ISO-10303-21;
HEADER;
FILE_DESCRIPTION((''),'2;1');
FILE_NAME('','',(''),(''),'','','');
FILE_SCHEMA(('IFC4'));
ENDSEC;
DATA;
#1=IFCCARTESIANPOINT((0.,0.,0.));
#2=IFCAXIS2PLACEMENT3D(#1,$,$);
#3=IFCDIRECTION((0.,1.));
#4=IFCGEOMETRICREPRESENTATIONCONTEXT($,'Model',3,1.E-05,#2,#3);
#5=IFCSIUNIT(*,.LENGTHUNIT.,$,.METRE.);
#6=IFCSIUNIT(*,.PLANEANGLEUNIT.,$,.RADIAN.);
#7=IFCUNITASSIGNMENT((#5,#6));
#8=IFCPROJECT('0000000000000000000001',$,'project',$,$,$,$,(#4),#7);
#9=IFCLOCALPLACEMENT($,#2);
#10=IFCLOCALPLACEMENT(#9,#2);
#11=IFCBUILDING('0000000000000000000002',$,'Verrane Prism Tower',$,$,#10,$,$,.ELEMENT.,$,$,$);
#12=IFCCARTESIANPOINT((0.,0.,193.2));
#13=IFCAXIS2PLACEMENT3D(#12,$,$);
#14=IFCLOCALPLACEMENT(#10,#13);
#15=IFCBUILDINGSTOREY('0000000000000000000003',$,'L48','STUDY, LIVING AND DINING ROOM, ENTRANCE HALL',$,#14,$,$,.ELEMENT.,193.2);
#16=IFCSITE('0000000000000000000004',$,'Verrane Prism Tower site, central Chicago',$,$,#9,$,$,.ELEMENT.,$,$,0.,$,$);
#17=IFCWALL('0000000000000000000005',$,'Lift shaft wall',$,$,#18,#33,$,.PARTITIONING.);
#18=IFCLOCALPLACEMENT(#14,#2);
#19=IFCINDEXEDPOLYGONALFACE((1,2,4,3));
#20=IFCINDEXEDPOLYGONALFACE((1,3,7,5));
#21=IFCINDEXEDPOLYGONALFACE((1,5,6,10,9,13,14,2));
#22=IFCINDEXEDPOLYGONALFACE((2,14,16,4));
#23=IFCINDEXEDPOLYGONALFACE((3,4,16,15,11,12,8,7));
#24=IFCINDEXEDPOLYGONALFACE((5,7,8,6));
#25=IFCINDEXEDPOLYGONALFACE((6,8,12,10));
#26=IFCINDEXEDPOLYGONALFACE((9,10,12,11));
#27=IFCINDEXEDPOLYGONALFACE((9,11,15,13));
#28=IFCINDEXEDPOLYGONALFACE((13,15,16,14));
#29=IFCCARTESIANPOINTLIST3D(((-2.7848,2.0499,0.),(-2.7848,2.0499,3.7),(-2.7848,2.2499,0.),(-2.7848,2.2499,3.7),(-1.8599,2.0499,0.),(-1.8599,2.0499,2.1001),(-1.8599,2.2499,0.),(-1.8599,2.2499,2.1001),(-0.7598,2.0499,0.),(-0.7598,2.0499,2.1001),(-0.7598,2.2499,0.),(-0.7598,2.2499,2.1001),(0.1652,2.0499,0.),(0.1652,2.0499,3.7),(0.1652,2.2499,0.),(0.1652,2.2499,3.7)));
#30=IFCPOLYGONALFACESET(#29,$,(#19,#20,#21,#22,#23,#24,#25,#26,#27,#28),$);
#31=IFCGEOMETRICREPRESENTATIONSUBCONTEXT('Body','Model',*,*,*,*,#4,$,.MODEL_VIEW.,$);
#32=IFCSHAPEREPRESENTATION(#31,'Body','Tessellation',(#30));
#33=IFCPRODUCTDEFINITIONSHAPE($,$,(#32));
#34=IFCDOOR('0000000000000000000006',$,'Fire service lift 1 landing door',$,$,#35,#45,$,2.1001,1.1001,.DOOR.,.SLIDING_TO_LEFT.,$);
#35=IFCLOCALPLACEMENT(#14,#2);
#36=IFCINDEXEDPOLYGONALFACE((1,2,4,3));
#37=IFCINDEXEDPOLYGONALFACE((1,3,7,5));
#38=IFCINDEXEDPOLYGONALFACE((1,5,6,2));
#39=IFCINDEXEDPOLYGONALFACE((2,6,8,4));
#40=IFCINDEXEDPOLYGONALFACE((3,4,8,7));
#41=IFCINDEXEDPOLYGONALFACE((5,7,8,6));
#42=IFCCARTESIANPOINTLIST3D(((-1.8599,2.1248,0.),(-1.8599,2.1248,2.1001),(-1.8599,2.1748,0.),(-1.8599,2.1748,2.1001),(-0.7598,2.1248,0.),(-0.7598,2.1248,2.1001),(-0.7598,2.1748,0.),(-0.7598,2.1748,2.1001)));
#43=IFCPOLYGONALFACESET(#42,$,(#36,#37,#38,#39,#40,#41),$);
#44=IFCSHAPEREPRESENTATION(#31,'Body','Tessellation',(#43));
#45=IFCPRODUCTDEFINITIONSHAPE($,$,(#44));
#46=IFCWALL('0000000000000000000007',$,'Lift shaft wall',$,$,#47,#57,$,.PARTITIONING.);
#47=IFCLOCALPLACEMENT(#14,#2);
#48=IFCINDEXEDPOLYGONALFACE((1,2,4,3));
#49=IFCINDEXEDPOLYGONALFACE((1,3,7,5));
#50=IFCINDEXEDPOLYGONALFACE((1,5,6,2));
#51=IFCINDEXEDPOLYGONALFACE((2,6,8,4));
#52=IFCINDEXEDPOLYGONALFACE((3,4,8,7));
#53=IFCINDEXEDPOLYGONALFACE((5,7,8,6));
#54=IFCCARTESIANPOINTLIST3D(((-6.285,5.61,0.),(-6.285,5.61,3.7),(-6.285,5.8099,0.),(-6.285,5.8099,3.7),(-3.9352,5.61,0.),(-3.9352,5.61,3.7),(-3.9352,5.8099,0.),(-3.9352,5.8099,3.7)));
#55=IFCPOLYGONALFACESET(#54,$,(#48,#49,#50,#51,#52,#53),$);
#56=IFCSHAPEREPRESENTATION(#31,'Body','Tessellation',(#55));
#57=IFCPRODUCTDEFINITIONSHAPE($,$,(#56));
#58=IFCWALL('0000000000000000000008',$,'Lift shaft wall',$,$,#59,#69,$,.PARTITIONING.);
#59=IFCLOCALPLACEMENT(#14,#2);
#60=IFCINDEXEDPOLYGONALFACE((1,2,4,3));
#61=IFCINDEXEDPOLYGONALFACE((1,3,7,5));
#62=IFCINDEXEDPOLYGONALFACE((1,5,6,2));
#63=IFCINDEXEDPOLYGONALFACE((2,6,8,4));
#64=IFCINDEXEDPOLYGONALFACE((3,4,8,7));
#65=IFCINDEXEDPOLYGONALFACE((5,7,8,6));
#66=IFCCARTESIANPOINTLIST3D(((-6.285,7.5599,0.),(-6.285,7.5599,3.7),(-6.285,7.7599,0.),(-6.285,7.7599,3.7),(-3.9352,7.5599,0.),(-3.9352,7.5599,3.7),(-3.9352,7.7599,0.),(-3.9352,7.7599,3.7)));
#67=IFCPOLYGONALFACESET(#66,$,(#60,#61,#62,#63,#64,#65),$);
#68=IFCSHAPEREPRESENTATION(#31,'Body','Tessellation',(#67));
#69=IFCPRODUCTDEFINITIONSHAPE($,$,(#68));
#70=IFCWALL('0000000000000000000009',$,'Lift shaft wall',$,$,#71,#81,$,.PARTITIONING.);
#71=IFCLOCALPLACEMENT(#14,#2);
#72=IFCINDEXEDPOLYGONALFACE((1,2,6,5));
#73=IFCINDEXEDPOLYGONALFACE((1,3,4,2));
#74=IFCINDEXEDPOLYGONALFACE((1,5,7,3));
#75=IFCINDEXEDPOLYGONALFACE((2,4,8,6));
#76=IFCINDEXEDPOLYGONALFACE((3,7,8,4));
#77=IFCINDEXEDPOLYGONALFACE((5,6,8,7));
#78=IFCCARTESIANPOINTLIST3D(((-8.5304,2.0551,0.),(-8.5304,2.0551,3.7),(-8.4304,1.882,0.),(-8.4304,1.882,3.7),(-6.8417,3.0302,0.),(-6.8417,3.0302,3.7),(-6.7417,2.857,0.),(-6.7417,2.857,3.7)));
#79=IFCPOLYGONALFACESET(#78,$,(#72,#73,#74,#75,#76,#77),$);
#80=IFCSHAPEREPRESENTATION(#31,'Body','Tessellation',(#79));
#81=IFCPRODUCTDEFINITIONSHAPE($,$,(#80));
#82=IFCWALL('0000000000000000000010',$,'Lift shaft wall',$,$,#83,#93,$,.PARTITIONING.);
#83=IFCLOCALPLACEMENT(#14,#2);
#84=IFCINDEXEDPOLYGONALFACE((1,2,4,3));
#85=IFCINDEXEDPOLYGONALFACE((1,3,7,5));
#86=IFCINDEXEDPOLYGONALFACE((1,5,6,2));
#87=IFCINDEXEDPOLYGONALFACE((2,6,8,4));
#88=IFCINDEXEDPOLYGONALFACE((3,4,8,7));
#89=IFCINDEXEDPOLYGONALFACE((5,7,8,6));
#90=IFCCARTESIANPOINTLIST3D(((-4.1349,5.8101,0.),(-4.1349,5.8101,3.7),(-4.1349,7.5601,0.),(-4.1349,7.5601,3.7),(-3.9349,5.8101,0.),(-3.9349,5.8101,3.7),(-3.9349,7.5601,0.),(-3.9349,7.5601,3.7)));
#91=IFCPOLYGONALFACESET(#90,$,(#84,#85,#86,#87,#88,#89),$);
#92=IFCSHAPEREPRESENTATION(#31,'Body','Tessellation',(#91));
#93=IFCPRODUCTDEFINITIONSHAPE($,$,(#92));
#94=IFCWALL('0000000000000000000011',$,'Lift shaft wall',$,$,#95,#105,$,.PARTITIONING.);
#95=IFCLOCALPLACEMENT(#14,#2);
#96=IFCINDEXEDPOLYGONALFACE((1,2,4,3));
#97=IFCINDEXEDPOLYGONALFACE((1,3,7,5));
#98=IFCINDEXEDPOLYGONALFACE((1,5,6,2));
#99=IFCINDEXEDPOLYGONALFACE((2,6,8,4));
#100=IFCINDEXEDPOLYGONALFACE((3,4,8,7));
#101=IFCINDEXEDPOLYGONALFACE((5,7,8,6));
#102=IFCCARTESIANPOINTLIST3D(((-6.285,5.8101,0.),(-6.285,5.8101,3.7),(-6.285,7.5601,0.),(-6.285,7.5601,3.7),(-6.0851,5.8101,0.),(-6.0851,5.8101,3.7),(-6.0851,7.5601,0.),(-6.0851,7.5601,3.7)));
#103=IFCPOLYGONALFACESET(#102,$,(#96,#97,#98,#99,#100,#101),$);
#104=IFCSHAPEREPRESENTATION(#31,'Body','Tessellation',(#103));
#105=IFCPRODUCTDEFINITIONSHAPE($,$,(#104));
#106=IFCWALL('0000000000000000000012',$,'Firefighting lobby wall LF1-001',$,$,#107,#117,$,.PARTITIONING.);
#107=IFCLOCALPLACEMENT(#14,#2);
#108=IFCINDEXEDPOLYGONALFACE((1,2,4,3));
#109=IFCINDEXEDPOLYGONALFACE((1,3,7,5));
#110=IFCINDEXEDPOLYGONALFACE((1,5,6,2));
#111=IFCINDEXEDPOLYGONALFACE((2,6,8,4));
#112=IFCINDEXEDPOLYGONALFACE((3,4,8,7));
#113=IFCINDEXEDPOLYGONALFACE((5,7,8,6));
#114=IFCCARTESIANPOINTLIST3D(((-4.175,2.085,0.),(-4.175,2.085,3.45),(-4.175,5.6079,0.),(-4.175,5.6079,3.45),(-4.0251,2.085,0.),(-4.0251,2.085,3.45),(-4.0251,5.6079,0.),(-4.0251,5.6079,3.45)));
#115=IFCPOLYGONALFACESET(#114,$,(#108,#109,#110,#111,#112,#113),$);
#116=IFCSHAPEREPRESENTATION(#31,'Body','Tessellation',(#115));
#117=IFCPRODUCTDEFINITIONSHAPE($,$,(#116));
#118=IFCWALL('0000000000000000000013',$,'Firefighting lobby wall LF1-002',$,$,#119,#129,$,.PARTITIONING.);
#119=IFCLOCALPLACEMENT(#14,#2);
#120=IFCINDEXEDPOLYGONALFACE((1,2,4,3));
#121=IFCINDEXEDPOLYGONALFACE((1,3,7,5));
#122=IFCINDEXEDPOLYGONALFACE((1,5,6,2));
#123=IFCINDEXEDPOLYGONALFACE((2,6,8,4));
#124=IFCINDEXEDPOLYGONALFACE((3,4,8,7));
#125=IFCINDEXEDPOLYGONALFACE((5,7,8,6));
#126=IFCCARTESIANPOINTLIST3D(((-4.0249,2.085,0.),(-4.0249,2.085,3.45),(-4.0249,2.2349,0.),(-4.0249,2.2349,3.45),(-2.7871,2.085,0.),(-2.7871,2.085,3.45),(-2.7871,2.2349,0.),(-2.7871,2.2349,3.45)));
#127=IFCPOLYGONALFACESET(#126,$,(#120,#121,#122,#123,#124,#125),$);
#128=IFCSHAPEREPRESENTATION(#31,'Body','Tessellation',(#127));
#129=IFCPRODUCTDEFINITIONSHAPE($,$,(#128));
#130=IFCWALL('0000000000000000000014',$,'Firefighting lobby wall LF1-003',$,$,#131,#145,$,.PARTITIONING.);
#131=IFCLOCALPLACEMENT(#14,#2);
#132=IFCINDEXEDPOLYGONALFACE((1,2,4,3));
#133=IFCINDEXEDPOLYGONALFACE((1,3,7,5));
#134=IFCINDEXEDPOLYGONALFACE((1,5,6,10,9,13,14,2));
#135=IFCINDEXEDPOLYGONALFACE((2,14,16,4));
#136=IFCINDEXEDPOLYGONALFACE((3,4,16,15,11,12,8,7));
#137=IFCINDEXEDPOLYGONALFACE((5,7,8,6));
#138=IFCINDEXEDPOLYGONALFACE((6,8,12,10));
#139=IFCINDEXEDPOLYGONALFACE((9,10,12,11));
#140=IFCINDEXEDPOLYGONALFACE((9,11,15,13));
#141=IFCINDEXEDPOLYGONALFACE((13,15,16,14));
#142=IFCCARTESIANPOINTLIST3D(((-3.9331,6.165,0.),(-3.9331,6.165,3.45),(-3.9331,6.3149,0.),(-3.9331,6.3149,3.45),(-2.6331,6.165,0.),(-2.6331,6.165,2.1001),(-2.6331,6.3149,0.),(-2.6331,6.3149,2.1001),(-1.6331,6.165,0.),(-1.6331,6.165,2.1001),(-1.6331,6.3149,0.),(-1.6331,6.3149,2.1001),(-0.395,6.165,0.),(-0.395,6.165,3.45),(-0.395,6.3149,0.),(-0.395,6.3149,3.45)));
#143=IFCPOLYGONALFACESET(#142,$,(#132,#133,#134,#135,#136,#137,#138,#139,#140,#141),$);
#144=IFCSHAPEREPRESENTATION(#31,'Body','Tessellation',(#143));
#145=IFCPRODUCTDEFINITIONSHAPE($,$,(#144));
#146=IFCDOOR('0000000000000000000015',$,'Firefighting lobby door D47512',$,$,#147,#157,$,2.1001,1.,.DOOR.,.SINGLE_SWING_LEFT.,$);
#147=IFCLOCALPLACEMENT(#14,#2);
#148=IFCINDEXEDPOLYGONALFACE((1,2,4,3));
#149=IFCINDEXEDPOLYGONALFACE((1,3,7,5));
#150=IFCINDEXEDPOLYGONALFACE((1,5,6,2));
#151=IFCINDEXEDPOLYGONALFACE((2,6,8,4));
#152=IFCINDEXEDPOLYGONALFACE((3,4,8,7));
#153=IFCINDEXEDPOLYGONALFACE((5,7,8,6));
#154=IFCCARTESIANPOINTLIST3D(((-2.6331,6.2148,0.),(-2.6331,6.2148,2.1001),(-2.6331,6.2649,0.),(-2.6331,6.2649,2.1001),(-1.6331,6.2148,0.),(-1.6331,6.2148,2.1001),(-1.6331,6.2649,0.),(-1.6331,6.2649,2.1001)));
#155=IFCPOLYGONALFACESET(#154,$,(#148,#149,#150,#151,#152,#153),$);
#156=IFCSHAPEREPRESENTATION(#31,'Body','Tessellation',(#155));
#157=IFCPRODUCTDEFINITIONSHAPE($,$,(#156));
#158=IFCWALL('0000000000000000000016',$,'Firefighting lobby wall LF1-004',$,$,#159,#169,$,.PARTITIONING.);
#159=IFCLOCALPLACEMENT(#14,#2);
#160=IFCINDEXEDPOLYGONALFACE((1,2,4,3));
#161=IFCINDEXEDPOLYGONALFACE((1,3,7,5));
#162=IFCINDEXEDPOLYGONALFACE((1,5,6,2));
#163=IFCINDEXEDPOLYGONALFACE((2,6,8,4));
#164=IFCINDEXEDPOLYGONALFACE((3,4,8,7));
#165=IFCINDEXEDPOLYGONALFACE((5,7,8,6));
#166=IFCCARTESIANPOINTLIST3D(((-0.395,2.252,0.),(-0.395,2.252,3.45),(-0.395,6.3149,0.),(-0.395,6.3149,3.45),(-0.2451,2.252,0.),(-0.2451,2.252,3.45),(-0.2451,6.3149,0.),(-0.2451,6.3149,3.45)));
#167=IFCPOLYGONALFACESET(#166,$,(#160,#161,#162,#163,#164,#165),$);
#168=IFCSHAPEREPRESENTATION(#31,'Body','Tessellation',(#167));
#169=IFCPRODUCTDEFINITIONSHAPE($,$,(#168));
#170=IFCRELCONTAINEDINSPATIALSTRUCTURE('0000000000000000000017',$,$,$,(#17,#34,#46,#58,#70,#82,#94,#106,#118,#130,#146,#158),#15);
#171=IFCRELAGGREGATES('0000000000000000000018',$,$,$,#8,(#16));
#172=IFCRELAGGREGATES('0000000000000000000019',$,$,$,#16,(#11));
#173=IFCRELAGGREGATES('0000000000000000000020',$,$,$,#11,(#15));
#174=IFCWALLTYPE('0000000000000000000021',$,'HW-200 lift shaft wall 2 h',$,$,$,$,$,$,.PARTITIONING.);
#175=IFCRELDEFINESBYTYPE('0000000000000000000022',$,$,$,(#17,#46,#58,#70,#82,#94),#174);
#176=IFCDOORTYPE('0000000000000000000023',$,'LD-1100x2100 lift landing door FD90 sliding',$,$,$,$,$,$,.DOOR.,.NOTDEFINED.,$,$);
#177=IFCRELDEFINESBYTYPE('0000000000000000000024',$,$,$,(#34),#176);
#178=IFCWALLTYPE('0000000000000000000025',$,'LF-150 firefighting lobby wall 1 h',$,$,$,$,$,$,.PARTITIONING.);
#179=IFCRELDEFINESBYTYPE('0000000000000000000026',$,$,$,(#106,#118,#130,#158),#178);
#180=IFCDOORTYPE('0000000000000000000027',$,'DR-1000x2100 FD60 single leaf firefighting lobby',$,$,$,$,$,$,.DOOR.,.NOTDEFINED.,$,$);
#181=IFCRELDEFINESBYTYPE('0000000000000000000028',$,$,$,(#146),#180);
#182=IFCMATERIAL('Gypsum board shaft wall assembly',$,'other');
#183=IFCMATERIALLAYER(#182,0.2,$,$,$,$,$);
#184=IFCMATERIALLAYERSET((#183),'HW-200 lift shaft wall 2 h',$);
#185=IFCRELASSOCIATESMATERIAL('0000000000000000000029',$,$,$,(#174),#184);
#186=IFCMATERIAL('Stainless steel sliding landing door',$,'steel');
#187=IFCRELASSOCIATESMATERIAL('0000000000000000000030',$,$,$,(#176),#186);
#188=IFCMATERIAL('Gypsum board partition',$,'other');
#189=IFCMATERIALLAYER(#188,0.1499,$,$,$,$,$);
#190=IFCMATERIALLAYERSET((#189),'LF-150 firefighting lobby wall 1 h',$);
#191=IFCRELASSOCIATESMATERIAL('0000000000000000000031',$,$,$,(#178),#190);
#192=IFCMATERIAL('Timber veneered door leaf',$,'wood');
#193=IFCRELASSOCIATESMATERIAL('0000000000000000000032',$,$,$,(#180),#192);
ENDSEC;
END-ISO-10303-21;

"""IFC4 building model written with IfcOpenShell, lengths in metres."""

from ifc_helpers import new_model, si_unit, direction, frame, frame_2d, origin, place, context, subcontext, project, spatial, rectangle, extrude, material, layer, layer_set, type_object, element, fill, save


model = new_model("IFC4")

# Units and contexts
model_context = context("Model", 3, precision=1e-05, world=origin(), true_north=direction((0.0, 1.0)))
body_context = subcontext(model_context, "Body", "Model", "MODEL_VIEW")
ifc_project = project(units=[si_unit("LENGTHUNIT", "METRE"), si_unit("PLANEANGLEUNIT", "RADIAN")], contexts=[model_context])

# Site, building, storey
site_placement = place(None, origin())
site = spatial("IfcSite", under=ifc_project, at=site_placement, Name="Verrane Prism Tower site, central Chicago", CompositionType="ELEMENT", RefElevation=0.0)
building_placement = place(site_placement, origin())
building = spatial("IfcBuilding", under=site, at=building_placement, Name="Verrane Prism Tower", CompositionType="ELEMENT")
storey_placement = place(building_placement, frame((0.0, 0.0, 193.2)))
storey = spatial("IfcBuildingStorey", under=building, at=storey_placement, Name="L48", Description="STUDY, LIVING AND DINING ROOM, ENTRANCE HALL", CompositionType="ELEMENT", Elevation=193.2)

# Wall, opening, door
ifc_material_1 = material(Name="Gypsum board shaft wall assembly", Category="other")
ifc_layer_1 = layer(ifc_material_1, 0.2)
ifc_layer_set_1 = layer_set([ifc_layer_1], Name="HW-200 lift shaft wall 2 h")
wall_type_1 = type_object("IfcWallType", Name="HW-200 lift shaft wall 2 h", PredefinedType="PARTITIONING", material=ifc_layer_set_1)
wall_1_placement = place(storey_placement, frame((-2.7849, 2.1499, 0.0), z_axis=(0.0, 0.0, 1.0), x_axis=(1.0, 0.0, 0.0)))
wall_1 = element("IfcWall", 1, at=wall_1_placement, inside=storey, type_object=wall_type_1, Name="Lift shaft wall", PredefinedType="PARTITIONING", context=body_context, shape_type="SweptSolid", body=[
    extrude(rectangle(XDim=2.95, YDim=0.2, at=frame_2d((1.4751, 0.0))), origin(), (0.0, 0.0, 1.0), 3.7),
])
opening_1_placement = place(wall_1_placement, frame((0.925, 0.0, 0.0)))
opening_1 = element("IfcOpeningElement", 2, at=opening_1_placement, cuts=wall_1, PredefinedType="OPENING", context=body_context, shape_type="SweptSolid", body=[
    extrude(rectangle(XDim=1.1001, YDim=2.1001, at=frame_2d((0.55, 1.05))), frame((0.0, 0.1099, 0.0), z_axis=(0.0, -1.0, 0.0), x_axis=(1.0, 0.0, 0.0)), (0.0, 0.0, 1.0), 0.22),
])
ifc_material_2 = material(Name="Stainless steel sliding landing door", Category="steel")
door_type_1 = type_object("IfcDoorType", Name="LD-1100x2100 lift landing door FD90 sliding", OperationType="NOTDEFINED", PredefinedType="DOOR", material=ifc_material_2)
door_1_placement = place(opening_1_placement, origin())
door_1 = element("IfcDoor", 3, at=door_1_placement, inside=storey, type_object=door_type_1, Name="Fire service lift 1 landing door", OperationType="SLIDING_TO_LEFT", OverallHeight=2.1001, OverallWidth=1.1001, PredefinedType="DOOR", context=body_context, shape_type="SweptSolid", body=[
    extrude(rectangle(XDim=1.1001, YDim=2.1001, at=frame_2d((0.55, 1.05))), frame((0.0, 0.0249, 0.0), z_axis=(0.0, -1.0, 0.0), x_axis=(1.0, 0.0, 0.0)), (0.0, 0.0, 1.0), 0.05),
])
fill(opening_1, door_1)

# Walls
for number, where, z_axis, x_axis, name in (
    (4, (-6.2849, 5.71, 0.0), (0.0, 0.0, 1.0), (1.0, 0.0, 0.0), "Lift shaft wall"),
    (5, (-6.2849, 7.6599, 0.0), (0.0, 0.0, 1.0), (1.0, 0.0, 0.0), "Lift shaft wall"),
):
    element("IfcWall", number, at=place(storey_placement, frame(where, z_axis=z_axis, x_axis=x_axis)), inside=storey, type_object=wall_type_1, Name=name, PredefinedType="PARTITIONING", context=body_context, shape_type="SweptSolid", body=[
        extrude(rectangle(XDim=2.3499, YDim=0.2, at=frame_2d((1.1748, 0.0))), origin(), (0.0, 0.0, 1.0), 3.7),
    ])
wall_2_placement = place(storey_placement, frame((-8.4805, 1.9685, 0.0), z_axis=(0.0, 0.0, 1.0), x_axis=(0.866, 0.500044, 0.0)))
element("IfcWall", 6, at=wall_2_placement, inside=storey, type_object=wall_type_1, Name="Lift shaft wall", PredefinedType="PARTITIONING", context=body_context, shape_type="SweptSolid", body=[
    extrude(rectangle(XDim=1.95, YDim=0.2, at=frame_2d((0.9751, 0.0))), origin(), (0.0, 0.0, 1.0), 3.7),
])
for number, where, z_axis, x_axis, name in (
    (7, (-4.0349, 5.8101, 0.0), (0.0, 0.0, 1.0), (0.0, 1.0, 0.0), "Lift shaft wall"),
    (8, (-6.1851, 5.8101, 0.0), (0.0, 0.0, 1.0), (0.0, 1.0, 0.0), "Lift shaft wall"),
):
    element("IfcWall", number, at=place(storey_placement, frame(where, z_axis=z_axis, x_axis=x_axis)), inside=storey, type_object=wall_type_1, Name=name, PredefinedType="PARTITIONING", context=body_context, shape_type="SweptSolid", body=[
        extrude(rectangle(XDim=1.75, YDim=0.2, at=frame_2d((0.875, 0.0))), origin(), (0.0, 0.0, 1.0), 3.7),
    ])
ifc_material_3 = material(Name="Gypsum board partition", Category="other")
ifc_layer_2 = layer(ifc_material_3, 0.1499)
ifc_layer_set_2 = layer_set([ifc_layer_2], Name="LF-150 firefighting lobby wall 1 h")
wall_type_2 = type_object("IfcWallType", Name="LF-150 firefighting lobby wall 1 h", PredefinedType="PARTITIONING", material=ifc_layer_set_2)
wall_3_placement = place(storey_placement, frame((-4.1001, 2.085, 0.0), z_axis=(0.0, 0.0, 1.0), x_axis=(0.0, 1.0, 0.0)))
element("IfcWall", 9, at=wall_3_placement, inside=storey, type_object=wall_type_2, Name="Firefighting lobby wall LF1-001", PredefinedType="PARTITIONING", context=body_context, shape_type="SweptSolid", body=[
    extrude(rectangle(XDim=3.5229, YDim=0.1499, at=frame_2d((1.7615, 0.0))), origin(), (0.0, 0.0, 1.0), 3.45),
])
wall_4_placement = place(storey_placement, frame((-4.0249, 2.1599, 0.0), z_axis=(0.0, 0.0, 1.0), x_axis=(1.0, 0.0, 0.0)))
element("IfcWall", 10, at=wall_4_placement, inside=storey, type_object=wall_type_2, Name="Firefighting lobby wall LF1-002", PredefinedType="PARTITIONING", context=body_context, shape_type="SweptSolid", body=[
    extrude(rectangle(XDim=1.2378, YDim=0.1499, at=frame_2d((0.6189, 0.0))), origin(), (0.0, 0.0, 1.0), 3.45),
])

# Wall, opening, door
wall_5_placement = place(storey_placement, frame((-3.9331, 6.24, 0.0), z_axis=(0.0, 0.0, 1.0), x_axis=(1.0, 0.0, 0.0)))
wall_5 = element("IfcWall", 11, at=wall_5_placement, inside=storey, type_object=wall_type_2, Name="Firefighting lobby wall LF1-003", PredefinedType="PARTITIONING", context=body_context, shape_type="SweptSolid", body=[
    extrude(rectangle(XDim=3.5381, YDim=0.1499, at=frame_2d((1.769, 0.0))), origin(), (0.0, 0.0, 1.0), 3.45),
])
opening_2_placement = place(wall_5_placement, frame((1.3, 0.0, 0.0)))
opening_2 = element("IfcOpeningElement", 12, at=opening_2_placement, cuts=wall_5, PredefinedType="OPENING", context=body_context, shape_type="SweptSolid", body=[
    extrude(rectangle(XDim=1.0, YDim=2.1001, at=frame_2d((0.5, 1.05))), frame((0.0, 0.085, 0.0), z_axis=(0.0, -1.0, 0.0), x_axis=(1.0, 0.0, 0.0)), (0.0, 0.0, 1.0), 0.1699),
])
ifc_material_4 = material(Name="Timber veneered door leaf", Category="wood")
door_type_2 = type_object("IfcDoorType", Name="DR-1000x2100 FD60 single leaf firefighting lobby", OperationType="NOTDEFINED", PredefinedType="DOOR", material=ifc_material_4)
door_2_placement = place(opening_2_placement, origin())
door_2 = element("IfcDoor", 13, at=door_2_placement, inside=storey, type_object=door_type_2, Name="Firefighting lobby door D47512", OperationType="SINGLE_SWING_LEFT", OverallHeight=2.1001, OverallWidth=1.0, PredefinedType="DOOR", context=body_context, shape_type="SweptSolid", body=[
    extrude(rectangle(XDim=1.0, YDim=2.1001, at=frame_2d((0.5, 1.05))), frame((0.0, 0.0249, 0.0), z_axis=(0.0, -1.0, 0.0), x_axis=(1.0, 0.0, 0.0)), (0.0, 0.0, 1.0), 0.05),
])
fill(opening_2, door_2)

# Wall
wall_6_placement = place(storey_placement, frame((-0.3201, 2.252, 0.0), z_axis=(0.0, 0.0, 1.0), x_axis=(0.0, 1.0, 0.0)))
element("IfcWall", 14, at=wall_6_placement, inside=storey, type_object=wall_type_2, Name="Firefighting lobby wall LF1-004", PredefinedType="PARTITIONING", context=body_context, shape_type="SweptSolid", body=[
    extrude(rectangle(XDim=4.063, YDim=0.1499, at=frame_2d((2.0315, 0.0))), origin(), (0.0, 0.0, 1.0), 3.45),
])

save(model, "model.ifc")
